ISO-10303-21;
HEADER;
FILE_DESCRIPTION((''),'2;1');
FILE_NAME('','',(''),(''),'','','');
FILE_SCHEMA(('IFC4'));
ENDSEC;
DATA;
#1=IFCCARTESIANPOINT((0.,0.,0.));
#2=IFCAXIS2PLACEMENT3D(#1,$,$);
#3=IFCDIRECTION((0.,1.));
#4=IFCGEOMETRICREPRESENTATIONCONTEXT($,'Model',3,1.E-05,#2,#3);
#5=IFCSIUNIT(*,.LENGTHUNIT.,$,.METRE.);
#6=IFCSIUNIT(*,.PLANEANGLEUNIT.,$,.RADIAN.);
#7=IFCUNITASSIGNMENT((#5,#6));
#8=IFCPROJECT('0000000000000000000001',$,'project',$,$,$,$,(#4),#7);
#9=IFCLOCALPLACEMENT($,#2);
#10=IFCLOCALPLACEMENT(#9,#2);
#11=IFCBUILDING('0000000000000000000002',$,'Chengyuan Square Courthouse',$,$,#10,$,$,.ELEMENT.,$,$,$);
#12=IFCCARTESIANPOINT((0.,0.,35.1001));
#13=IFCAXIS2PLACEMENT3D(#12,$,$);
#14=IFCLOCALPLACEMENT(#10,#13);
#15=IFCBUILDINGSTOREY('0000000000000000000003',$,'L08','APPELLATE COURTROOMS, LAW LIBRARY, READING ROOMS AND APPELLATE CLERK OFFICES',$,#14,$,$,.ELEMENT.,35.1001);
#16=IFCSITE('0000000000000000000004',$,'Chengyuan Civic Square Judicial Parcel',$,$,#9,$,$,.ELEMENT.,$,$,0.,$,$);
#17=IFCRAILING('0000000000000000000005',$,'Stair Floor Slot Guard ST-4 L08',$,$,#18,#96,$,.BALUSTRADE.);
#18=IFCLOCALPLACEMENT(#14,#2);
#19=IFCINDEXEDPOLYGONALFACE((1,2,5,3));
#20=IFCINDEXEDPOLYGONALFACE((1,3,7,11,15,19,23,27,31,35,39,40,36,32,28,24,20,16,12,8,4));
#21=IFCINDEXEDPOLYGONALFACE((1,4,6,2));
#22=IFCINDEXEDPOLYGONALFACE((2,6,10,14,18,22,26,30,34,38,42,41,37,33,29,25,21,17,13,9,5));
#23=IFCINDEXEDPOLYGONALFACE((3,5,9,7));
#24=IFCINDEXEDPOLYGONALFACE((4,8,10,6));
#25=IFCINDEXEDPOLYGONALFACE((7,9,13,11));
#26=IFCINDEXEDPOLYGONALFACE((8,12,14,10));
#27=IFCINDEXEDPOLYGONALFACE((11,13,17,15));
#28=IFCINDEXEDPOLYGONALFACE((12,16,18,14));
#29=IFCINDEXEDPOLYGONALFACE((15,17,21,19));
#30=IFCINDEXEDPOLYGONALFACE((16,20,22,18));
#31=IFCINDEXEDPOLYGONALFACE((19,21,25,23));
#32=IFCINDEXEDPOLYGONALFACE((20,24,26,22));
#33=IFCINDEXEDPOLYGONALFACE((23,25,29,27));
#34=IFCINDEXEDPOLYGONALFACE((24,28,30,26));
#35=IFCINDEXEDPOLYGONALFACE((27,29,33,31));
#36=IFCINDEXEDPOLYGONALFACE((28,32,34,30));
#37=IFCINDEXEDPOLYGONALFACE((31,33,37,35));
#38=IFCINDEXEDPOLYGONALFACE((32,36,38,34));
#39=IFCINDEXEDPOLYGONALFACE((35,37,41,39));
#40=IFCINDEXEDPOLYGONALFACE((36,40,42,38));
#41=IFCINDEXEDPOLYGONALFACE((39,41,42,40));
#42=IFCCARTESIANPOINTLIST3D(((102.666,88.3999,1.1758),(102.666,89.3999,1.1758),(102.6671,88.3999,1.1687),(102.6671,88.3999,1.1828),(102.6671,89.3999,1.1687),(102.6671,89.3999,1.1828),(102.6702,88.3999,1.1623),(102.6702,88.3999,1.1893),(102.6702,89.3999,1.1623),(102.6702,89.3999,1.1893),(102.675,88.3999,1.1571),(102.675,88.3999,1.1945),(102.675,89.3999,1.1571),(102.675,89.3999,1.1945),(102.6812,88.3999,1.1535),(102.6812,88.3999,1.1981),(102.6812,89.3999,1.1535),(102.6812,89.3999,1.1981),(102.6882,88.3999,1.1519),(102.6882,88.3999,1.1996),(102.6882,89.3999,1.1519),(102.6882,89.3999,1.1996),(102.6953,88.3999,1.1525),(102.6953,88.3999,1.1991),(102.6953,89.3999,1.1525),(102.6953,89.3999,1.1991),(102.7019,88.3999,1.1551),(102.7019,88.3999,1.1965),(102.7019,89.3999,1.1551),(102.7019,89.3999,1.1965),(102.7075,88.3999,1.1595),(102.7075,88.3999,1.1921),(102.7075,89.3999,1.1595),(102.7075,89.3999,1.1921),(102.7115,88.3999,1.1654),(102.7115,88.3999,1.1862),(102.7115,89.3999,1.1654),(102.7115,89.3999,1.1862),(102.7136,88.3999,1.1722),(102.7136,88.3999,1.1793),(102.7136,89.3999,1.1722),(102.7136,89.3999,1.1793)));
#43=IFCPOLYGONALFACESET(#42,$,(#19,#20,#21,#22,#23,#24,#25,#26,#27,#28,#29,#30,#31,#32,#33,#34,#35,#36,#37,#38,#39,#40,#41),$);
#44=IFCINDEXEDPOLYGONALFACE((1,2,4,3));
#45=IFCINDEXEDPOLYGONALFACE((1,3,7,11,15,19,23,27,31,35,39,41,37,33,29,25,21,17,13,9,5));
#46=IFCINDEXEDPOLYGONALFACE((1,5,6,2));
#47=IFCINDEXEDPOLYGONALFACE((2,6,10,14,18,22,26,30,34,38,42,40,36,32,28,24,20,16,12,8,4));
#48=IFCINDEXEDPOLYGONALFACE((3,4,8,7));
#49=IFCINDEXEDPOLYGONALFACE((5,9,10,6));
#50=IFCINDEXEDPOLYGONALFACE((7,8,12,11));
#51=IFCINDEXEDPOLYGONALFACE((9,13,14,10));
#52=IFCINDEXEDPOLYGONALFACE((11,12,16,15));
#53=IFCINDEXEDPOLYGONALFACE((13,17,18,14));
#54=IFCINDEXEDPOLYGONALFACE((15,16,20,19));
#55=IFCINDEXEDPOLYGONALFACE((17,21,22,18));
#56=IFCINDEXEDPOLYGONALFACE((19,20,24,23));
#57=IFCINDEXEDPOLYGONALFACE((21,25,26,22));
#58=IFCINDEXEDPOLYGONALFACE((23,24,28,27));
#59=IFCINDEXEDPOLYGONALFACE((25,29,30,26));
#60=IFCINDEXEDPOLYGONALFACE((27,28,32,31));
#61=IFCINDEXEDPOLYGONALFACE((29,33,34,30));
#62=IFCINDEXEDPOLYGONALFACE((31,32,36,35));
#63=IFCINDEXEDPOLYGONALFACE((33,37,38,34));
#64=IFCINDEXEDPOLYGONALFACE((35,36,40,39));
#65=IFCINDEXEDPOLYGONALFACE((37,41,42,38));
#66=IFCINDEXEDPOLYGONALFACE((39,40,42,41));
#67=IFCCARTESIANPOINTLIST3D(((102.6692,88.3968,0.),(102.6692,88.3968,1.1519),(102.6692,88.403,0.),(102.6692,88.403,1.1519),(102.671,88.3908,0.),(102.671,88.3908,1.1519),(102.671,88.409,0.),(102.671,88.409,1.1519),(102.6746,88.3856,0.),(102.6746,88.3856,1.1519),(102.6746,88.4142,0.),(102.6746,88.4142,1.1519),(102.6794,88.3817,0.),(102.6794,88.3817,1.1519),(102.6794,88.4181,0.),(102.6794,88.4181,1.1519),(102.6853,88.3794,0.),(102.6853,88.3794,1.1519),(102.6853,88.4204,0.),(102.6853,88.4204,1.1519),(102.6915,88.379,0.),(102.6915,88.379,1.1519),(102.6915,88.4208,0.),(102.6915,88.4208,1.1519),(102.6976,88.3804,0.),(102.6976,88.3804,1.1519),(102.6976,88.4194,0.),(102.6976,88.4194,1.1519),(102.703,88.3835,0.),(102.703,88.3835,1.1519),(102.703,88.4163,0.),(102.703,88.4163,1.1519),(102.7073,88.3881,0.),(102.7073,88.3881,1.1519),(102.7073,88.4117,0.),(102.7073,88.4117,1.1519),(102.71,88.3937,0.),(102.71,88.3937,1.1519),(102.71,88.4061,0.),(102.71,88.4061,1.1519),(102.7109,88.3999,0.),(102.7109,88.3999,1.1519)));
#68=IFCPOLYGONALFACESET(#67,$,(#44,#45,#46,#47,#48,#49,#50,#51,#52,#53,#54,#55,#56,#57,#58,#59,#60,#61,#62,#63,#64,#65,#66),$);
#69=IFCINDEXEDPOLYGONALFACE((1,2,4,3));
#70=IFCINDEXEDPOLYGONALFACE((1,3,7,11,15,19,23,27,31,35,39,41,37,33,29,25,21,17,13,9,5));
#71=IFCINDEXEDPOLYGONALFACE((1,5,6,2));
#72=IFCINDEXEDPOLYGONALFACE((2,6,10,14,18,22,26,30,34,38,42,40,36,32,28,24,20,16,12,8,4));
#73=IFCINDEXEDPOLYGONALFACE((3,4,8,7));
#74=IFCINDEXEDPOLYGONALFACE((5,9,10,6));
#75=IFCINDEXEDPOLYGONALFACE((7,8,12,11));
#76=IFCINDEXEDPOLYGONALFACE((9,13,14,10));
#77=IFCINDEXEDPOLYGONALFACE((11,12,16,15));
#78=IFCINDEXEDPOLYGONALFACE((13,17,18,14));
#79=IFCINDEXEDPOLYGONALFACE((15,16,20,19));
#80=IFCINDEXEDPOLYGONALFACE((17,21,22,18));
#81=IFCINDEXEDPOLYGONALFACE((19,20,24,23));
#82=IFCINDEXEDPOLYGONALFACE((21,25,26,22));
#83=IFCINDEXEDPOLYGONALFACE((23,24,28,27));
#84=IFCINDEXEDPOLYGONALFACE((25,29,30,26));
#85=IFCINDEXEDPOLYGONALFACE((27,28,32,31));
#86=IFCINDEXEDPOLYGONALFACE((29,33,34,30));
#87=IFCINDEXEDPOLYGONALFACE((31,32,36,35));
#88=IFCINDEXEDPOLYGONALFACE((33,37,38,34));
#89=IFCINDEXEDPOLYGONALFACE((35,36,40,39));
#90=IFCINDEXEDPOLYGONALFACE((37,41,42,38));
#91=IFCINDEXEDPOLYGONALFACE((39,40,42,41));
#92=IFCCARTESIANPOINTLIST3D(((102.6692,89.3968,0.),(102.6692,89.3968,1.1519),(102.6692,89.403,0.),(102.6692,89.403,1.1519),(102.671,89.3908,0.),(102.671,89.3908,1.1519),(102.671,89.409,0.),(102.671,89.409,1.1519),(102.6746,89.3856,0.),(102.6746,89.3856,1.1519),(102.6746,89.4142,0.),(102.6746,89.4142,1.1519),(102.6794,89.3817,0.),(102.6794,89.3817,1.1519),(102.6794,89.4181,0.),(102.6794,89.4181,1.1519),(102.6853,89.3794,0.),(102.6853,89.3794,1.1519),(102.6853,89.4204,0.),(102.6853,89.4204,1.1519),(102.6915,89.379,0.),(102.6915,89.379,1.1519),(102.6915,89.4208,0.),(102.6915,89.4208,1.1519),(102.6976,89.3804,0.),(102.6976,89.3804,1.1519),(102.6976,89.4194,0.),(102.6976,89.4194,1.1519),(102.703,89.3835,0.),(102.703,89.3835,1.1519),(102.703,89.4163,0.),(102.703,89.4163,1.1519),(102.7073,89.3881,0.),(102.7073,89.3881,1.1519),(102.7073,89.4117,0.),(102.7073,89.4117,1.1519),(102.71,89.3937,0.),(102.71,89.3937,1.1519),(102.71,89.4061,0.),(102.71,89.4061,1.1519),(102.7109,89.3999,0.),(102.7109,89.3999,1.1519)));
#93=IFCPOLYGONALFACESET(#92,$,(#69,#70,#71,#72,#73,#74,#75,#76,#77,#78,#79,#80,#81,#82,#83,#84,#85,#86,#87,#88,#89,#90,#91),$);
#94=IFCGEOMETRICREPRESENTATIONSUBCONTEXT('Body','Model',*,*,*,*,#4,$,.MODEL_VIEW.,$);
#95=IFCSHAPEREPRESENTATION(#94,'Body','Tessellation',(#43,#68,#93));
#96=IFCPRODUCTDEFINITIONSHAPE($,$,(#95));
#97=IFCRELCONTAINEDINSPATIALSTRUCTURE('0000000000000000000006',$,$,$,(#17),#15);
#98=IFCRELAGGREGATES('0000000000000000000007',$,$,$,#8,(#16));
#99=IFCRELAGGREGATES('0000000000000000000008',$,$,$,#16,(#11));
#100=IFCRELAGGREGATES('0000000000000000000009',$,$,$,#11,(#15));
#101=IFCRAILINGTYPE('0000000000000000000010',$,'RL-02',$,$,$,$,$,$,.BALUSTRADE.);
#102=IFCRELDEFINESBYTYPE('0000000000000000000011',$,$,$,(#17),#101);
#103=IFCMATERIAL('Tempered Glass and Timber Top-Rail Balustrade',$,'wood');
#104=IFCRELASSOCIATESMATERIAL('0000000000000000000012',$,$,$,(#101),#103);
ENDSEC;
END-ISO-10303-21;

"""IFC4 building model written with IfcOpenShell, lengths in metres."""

from ifc_helpers import new_model, si_unit, direction, frame, origin, origin_2d, place, context, subcontext, project, spatial, circle, extrude, material, type_object, element, save


model = new_model("IFC4")

# Units and contexts
model_context = context("Model", 3, precision=1e-05, world=origin(), true_north=direction((0.0, 1.0)))
body_context = subcontext(model_context, "Body", "Model", "MODEL_VIEW")
ifc_project = project(units=[si_unit("LENGTHUNIT", "METRE"), si_unit("PLANEANGLEUNIT", "RADIAN")], contexts=[model_context])

# Site, building, storey
site_placement = place(None, origin())
site = spatial("IfcSite", under=ifc_project, at=site_placement, Name="Chengyuan Civic Square Judicial Parcel", CompositionType="ELEMENT", RefElevation=0.0)
building_placement = place(site_placement, origin())
building = spatial("IfcBuilding", under=site, at=building_placement, Name="Chengyuan Square Courthouse", CompositionType="ELEMENT")
storey_placement = place(building_placement, frame((0.0, 0.0, 35.1001)))
storey = spatial("IfcBuildingStorey", under=building, at=storey_placement, Name="L08", Description="APPELLATE COURTROOMS, LAW LIBRARY, READING ROOMS AND APPELLATE CLERK OFFICES", CompositionType="ELEMENT", Elevation=35.1001)

# Railing
ifc_material_1 = material(Name="Tempered Glass and Timber Top-Rail Balustrade", Category="wood")
railing_type_1 = type_object("IfcRailingType", Name="RL-02", PredefinedType="BALUSTRADE", material=ifc_material_1)
railing_1_placement = place(storey_placement, frame((102.6899, 88.3999, 0.0)))
element("IfcRailing", 1, at=railing_1_placement, inside=storey, type_object=railing_type_1, Name="Stair Floor Slot Guard ST-4 L08", PredefinedType="BALUSTRADE", context=body_context, shape_type="SweptSolid", body=[
    extrude(circle(Radius=0.0239, at=origin_2d()), frame((0.0, 0.0, 1.1758), z_axis=(0.0, 1.0, 0.0), x_axis=(-1.0, 0.0, 0.0)), (0.0, 0.0, 1.0), 1.0),
    extrude(circle(Radius=0.021, at=origin_2d()), origin(), (0.0, 0.0, 1.0), 1.1519),
    extrude(circle(Radius=0.021, at=origin_2d()), frame((0.0, 1.0, 0.0)), (0.0, 0.0, 1.0), 1.1519),
])

save(model, "model.ifc")
